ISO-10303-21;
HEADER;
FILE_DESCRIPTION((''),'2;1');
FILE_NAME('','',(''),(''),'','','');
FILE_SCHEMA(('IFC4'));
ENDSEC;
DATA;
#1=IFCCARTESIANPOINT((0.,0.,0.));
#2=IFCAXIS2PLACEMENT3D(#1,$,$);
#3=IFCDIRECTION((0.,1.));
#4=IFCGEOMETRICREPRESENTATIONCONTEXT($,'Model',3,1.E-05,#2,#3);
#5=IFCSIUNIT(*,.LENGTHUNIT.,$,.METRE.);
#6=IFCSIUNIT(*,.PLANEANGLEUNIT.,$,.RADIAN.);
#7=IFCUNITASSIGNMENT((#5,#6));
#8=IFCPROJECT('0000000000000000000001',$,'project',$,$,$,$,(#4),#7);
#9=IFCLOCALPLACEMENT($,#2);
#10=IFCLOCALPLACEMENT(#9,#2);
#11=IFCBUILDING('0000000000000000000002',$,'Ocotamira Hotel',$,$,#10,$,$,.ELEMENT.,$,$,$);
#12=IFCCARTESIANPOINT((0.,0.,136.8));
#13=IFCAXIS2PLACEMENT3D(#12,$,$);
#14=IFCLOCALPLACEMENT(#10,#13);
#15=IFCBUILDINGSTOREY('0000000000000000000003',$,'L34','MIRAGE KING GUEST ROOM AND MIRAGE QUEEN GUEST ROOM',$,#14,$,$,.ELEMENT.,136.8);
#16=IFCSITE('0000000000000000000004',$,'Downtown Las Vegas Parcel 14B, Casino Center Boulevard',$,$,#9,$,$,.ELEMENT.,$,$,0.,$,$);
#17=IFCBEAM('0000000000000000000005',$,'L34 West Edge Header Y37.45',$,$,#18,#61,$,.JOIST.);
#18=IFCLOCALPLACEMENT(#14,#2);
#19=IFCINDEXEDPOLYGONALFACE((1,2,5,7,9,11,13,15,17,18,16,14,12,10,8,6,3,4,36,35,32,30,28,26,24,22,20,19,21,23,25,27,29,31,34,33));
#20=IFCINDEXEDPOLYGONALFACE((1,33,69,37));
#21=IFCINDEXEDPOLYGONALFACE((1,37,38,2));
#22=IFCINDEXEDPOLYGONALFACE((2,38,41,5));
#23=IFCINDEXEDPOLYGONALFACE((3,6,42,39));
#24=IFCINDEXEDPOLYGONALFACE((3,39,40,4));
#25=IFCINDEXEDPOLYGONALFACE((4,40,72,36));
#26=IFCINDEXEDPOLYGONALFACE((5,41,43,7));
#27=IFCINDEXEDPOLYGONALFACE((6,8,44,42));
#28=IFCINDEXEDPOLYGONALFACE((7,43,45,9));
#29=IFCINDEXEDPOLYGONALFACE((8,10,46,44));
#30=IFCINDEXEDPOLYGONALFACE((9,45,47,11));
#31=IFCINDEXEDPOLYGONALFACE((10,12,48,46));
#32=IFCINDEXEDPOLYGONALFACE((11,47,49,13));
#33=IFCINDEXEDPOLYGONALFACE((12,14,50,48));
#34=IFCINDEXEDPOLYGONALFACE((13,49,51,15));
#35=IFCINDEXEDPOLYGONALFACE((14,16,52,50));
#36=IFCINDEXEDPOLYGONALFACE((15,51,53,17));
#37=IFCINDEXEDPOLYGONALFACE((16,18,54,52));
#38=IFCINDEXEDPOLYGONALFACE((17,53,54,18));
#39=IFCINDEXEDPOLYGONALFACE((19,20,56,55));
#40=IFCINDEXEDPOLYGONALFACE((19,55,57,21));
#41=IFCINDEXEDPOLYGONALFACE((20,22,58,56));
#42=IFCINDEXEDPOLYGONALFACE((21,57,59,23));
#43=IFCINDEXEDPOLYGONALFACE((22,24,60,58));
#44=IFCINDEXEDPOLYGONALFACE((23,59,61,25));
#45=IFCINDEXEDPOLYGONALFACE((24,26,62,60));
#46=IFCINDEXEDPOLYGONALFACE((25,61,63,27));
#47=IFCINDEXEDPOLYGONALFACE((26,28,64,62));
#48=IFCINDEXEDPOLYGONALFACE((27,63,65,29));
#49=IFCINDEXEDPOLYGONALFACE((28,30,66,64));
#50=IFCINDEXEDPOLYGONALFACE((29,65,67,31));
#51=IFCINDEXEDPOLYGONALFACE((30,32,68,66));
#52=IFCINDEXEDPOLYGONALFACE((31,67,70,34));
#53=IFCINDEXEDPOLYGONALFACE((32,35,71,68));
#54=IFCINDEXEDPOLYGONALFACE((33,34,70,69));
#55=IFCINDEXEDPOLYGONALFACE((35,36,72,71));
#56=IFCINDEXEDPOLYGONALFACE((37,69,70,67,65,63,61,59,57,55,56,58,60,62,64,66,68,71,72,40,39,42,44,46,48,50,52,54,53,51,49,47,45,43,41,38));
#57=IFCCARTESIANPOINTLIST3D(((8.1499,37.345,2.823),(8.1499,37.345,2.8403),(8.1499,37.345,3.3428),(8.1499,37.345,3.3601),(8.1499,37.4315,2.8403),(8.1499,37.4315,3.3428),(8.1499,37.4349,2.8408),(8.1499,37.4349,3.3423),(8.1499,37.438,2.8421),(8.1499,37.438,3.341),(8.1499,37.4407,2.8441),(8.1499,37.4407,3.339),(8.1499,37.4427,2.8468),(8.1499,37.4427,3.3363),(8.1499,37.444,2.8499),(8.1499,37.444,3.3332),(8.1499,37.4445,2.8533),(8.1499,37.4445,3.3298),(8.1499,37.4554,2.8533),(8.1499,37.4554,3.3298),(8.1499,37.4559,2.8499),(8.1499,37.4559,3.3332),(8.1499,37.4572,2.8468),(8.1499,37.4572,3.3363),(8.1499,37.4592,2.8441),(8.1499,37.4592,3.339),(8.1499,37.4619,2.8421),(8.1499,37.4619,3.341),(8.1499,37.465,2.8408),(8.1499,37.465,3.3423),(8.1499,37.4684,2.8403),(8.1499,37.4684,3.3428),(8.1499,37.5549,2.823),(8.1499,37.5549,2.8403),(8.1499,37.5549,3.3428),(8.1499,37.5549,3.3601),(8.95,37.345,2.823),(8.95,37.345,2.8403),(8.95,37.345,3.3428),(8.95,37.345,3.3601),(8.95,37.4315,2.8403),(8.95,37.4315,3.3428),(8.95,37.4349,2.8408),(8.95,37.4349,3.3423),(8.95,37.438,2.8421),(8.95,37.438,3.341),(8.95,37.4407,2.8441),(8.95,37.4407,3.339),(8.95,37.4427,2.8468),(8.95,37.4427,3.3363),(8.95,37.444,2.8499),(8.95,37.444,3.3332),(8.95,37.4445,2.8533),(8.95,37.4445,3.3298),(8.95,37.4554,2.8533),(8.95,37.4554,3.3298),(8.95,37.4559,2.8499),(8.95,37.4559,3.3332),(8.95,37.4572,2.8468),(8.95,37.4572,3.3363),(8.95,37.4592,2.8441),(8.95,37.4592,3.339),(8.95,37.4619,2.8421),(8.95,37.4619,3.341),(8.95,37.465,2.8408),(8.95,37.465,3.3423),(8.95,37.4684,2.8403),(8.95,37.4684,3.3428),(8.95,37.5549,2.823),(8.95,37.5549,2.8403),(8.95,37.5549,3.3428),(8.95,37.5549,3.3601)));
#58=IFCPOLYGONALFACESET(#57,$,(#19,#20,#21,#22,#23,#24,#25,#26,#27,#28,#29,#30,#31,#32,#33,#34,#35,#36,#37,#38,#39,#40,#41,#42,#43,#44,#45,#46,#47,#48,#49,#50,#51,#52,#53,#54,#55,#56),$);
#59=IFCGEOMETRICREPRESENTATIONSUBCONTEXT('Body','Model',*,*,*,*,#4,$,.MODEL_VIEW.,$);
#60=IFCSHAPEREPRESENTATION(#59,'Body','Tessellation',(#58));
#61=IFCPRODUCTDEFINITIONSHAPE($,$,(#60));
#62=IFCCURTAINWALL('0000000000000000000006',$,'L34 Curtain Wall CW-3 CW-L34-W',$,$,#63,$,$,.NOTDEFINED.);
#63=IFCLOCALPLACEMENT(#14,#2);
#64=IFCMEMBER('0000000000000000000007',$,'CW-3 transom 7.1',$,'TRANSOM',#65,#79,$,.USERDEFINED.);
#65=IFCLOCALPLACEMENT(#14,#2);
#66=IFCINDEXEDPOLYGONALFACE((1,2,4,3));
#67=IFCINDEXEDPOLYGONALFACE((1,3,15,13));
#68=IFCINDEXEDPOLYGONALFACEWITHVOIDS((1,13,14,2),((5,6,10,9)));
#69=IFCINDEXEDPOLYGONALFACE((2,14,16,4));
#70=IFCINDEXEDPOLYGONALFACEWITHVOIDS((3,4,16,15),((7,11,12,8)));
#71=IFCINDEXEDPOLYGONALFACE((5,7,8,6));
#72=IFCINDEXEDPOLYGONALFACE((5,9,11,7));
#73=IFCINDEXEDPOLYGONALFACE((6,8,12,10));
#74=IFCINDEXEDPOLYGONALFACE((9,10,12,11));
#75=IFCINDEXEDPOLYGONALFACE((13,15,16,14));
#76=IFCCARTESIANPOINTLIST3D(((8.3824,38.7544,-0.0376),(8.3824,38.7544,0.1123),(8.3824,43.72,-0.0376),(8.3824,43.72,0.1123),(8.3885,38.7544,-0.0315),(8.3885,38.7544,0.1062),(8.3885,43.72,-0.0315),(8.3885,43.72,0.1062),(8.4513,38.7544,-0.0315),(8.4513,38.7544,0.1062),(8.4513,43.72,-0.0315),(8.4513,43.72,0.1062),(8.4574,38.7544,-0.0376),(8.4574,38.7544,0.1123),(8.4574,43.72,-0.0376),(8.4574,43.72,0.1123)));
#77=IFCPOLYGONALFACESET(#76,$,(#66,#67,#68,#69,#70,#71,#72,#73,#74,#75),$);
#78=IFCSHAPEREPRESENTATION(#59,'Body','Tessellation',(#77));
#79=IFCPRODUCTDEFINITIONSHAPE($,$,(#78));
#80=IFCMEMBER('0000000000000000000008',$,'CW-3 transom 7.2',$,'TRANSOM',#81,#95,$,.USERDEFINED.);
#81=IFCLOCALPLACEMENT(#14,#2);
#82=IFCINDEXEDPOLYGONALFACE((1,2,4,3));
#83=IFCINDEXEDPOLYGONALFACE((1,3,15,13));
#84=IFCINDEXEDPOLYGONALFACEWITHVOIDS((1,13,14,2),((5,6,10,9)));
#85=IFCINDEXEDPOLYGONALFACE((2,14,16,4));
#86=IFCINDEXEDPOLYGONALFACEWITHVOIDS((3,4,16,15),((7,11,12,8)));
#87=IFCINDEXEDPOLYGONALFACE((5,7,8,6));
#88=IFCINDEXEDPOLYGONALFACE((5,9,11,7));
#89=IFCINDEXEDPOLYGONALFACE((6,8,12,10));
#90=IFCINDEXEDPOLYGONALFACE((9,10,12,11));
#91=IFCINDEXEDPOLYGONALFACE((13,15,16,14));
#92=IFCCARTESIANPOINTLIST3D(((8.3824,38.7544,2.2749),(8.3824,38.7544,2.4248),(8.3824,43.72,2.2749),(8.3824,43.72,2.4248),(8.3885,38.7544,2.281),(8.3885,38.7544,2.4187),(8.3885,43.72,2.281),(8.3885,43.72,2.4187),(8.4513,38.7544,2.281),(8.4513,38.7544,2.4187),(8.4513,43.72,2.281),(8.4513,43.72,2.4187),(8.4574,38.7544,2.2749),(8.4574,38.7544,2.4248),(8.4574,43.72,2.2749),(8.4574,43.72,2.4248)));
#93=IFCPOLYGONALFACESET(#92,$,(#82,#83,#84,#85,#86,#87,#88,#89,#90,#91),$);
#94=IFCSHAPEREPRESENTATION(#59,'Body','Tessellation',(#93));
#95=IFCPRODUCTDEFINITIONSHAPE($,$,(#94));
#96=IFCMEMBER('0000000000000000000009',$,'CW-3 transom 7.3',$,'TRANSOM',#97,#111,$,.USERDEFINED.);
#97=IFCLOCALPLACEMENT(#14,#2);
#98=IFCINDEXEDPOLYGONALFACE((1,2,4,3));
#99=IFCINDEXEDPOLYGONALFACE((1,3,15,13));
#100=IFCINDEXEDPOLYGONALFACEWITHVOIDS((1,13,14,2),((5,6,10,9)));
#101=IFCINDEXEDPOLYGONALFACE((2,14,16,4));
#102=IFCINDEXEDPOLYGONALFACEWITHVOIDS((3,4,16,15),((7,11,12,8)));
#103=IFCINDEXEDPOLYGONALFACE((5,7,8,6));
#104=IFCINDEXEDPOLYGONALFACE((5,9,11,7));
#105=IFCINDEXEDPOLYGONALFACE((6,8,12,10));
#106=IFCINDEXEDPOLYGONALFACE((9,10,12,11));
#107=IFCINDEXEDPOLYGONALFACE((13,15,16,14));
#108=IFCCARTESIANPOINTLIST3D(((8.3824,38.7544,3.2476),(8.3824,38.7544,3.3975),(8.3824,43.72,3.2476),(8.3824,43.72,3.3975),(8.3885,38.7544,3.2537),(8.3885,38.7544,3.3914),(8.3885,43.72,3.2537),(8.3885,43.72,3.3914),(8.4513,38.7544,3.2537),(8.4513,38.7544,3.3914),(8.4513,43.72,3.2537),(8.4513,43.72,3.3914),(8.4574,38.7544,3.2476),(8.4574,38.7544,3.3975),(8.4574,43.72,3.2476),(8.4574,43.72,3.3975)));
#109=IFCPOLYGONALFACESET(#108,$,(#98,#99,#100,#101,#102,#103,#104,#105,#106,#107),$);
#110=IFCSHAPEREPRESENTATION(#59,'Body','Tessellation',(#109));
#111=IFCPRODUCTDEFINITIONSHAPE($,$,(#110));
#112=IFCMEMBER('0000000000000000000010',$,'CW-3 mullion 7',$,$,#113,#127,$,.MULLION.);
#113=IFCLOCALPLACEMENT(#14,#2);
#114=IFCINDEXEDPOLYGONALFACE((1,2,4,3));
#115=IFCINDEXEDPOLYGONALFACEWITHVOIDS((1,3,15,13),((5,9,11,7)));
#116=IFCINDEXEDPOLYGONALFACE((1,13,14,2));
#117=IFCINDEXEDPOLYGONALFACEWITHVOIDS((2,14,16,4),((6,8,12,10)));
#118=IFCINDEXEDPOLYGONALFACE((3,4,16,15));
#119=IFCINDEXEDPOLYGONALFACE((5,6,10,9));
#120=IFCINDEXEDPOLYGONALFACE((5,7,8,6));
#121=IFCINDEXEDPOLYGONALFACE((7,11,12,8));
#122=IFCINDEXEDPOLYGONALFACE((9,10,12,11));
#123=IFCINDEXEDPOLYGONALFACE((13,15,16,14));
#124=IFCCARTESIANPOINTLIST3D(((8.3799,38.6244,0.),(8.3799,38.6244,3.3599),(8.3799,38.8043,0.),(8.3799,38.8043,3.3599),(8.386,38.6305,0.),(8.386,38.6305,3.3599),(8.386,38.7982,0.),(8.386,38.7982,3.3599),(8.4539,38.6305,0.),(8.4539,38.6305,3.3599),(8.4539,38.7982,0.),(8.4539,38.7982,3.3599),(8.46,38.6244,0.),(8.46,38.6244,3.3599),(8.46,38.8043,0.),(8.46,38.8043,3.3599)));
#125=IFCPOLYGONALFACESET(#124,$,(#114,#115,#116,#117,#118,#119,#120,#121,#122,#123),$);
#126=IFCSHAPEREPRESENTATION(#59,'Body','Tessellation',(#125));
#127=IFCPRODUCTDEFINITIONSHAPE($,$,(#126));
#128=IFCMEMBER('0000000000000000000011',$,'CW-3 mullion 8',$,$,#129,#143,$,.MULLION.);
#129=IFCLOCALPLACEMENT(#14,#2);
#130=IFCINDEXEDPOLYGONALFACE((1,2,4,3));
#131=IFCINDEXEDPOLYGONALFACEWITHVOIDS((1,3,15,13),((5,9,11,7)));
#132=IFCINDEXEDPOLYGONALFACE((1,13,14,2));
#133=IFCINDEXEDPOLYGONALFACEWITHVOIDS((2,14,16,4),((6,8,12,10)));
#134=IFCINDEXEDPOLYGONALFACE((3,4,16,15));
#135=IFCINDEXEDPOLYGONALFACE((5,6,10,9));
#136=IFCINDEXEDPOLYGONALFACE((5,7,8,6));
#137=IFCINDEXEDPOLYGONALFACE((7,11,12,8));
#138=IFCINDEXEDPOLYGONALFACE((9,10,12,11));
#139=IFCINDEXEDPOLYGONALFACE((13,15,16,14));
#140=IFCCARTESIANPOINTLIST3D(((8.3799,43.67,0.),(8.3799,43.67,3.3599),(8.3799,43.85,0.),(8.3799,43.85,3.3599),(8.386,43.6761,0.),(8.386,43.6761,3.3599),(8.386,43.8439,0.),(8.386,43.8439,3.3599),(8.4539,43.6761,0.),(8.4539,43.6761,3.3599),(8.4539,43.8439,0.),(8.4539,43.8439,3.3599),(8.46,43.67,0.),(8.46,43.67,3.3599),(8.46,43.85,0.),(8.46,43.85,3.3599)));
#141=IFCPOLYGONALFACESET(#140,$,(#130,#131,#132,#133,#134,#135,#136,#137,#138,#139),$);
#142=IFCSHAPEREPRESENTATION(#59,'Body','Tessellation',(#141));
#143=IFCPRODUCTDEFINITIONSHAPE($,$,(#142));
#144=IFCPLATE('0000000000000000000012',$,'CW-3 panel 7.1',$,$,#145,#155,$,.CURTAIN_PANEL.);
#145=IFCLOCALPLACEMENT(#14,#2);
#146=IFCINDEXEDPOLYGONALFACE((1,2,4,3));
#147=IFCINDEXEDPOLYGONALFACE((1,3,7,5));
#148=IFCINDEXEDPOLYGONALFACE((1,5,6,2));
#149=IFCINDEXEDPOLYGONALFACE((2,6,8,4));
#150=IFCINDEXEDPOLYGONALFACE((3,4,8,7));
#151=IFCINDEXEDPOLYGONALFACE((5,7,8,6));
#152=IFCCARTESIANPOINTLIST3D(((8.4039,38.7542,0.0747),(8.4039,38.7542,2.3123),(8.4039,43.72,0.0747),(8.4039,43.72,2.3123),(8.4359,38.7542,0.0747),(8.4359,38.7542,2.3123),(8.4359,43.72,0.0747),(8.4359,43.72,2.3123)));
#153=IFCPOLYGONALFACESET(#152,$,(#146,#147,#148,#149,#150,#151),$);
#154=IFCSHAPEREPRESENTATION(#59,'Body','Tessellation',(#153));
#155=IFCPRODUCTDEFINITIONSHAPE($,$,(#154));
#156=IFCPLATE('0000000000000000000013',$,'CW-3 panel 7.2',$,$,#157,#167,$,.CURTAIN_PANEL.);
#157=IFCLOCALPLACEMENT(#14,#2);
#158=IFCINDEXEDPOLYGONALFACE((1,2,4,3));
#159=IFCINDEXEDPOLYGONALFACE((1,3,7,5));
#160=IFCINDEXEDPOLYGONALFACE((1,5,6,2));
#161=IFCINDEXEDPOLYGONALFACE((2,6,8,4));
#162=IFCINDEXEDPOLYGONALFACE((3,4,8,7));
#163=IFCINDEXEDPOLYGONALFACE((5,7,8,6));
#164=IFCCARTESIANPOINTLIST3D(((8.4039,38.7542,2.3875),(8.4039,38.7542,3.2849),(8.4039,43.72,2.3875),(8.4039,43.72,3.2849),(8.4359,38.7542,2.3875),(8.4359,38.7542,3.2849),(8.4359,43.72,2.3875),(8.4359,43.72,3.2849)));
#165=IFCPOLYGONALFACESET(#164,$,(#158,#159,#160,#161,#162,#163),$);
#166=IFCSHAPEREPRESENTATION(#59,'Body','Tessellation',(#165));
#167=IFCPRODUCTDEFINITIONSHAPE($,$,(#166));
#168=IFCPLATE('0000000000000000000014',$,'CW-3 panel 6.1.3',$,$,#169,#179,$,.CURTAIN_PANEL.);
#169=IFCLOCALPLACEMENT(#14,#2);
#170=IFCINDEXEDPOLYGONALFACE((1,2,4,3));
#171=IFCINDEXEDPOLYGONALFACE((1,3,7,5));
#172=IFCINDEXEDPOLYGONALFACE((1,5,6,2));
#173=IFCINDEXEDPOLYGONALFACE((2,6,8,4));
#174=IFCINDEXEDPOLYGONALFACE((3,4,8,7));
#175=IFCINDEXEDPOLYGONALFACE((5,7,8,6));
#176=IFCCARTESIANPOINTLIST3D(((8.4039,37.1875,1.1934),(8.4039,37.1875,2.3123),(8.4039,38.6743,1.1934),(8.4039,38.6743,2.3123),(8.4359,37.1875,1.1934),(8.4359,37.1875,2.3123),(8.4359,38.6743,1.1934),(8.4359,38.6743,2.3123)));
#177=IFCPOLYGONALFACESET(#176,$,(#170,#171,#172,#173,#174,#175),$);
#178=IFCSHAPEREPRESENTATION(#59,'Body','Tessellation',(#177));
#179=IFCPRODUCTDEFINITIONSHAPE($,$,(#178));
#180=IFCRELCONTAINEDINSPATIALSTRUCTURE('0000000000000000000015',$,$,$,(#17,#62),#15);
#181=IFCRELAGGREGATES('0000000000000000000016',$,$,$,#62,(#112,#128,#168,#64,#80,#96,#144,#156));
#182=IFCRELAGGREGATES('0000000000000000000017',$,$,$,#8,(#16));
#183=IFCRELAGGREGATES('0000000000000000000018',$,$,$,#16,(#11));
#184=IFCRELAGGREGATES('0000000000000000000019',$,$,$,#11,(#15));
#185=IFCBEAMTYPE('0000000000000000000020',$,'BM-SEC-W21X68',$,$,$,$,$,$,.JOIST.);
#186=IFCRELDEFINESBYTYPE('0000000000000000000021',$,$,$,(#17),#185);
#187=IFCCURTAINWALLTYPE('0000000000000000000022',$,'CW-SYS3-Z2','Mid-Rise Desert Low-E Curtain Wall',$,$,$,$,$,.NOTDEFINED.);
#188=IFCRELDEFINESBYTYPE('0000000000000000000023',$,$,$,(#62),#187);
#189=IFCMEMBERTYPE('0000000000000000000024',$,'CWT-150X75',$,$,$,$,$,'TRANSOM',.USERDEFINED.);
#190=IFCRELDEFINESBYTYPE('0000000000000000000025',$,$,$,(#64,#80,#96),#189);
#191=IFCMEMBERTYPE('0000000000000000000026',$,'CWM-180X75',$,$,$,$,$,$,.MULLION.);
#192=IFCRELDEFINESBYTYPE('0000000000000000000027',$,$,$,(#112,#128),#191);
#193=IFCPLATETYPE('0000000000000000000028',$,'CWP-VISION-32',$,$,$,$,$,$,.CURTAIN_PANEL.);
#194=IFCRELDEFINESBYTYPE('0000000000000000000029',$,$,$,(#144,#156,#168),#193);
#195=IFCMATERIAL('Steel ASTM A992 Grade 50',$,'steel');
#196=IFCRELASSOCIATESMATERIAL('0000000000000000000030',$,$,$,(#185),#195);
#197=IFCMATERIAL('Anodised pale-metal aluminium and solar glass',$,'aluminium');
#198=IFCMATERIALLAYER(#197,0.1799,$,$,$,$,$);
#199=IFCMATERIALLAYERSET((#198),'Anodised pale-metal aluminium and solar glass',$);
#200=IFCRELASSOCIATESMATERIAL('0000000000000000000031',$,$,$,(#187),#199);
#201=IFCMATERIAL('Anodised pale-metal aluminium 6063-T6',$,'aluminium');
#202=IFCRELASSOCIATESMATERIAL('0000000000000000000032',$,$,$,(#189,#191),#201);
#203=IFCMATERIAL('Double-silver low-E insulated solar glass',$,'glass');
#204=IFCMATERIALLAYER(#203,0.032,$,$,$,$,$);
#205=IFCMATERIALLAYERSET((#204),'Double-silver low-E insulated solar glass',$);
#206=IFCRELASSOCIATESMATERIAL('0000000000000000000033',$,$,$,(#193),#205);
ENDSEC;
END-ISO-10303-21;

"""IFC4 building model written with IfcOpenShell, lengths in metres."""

from ifc_helpers import new_model, si_unit, direction, frame, origin, origin_2d, place, context, subcontext, project, spatial, rectangle, hollow_rectangle, i_section, extrude, source, transform, mapped, material, layer, layer_set, material_profile, profile_set, type_object, element, aggregate, save


model = new_model("IFC4")

# Units and contexts
model_context = context("Model", 3, precision=1e-05, world=origin(), true_north=direction((0.0, 1.0)))
body_context = subcontext(model_context, "Body", "Model", "MODEL_VIEW")
ifc_project = project(units=[si_unit("LENGTHUNIT", "METRE"), si_unit("PLANEANGLEUNIT", "RADIAN")], contexts=[model_context])

# Site, building, storey
site_placement = place(None, origin())
site = spatial("IfcSite", under=ifc_project, at=site_placement, Name="Downtown Las Vegas Parcel 14B, Casino Center Boulevard", CompositionType="ELEMENT", RefElevation=0.0)
building_placement = place(site_placement, origin())
building = spatial("IfcBuilding", under=site, at=building_placement, Name="Ocotamira Hotel", CompositionType="ELEMENT")
storey_placement = place(building_placement, frame((0.0, 0.0, 136.8)))
storey = spatial("IfcBuildingStorey", under=building, at=storey_placement, Name="L34", Description="MIRAGE KING GUEST ROOM AND MIRAGE QUEEN GUEST ROOM", CompositionType="ELEMENT", Elevation=136.8)

# Beam
ifc_material_1 = material(Name="Steel ASTM A992 Grade 50", Category="steel")
ifc_material_profile_1 = material_profile(ifc_material_1, i_section(OverallWidth=0.21, OverallDepth=0.5371, WebThickness=0.011, FlangeThickness=0.0173, FilletRadius=0.0129, at=origin_2d()), Name="W21X68")
ifc_profile_set_1 = profile_set([ifc_material_profile_1], Name="Steel ASTM A992 Grade 50")
beam_type = type_object("IfcBeamType", Name="BM-SEC-W21X68", PredefinedType="JOIST", material=ifc_profile_set_1)
shared_shape_1 = source(origin(), body_context, "Body", "SweptSolid", [
    extrude(i_section(OverallWidth=0.21, OverallDepth=0.5371, WebThickness=0.011, FlangeThickness=0.0173, FilletRadius=0.0129, at=origin_2d()), origin(), (0.0, 0.0, 1.0), 0.8),
])
beam_placement = place(storey_placement, frame((8.95, 37.45, 3.0916), z_axis=(-1.0, 0.0, 0.0), x_axis=(0.0, -1.0, 0.0)))
element("IfcBeam", 1, at=beam_placement, inside=storey, type_object=beam_type, Name="L34 West Edge Header Y37.45", PredefinedType="JOIST", context=body_context, shape_type="MappedRepresentation", body=[
    mapped(shared_shape_1, transform((0.0, 0.0, 0.0), scale=1.0)),
])

# Curtain wall, members, plates
ifc_material_2 = material(Name="Anodised pale-metal aluminium and solar glass", Category="aluminium")
ifc_layer_1 = layer(ifc_material_2, 0.1799)
ifc_layer_set_1 = layer_set([ifc_layer_1], Name="Anodised pale-metal aluminium and solar glass")
curtain_wall_type = type_object("IfcCurtainWallType", Name="CW-SYS3-Z2", Description="Mid-Rise Desert Low-E Curtain Wall", PredefinedType="NOTDEFINED", material=ifc_layer_set_1)
curtain_wall_placement = place(storey_placement, origin())
curtain_wall = element("IfcCurtainWall", 2, at=curtain_wall_placement, inside=storey, type_object=curtain_wall_type, Name="L34 Curtain Wall CW-3 CW-L34-W", PredefinedType="NOTDEFINED")
ifc_material_3 = material(Name="Anodised pale-metal aluminium 6063-T6", Category="aluminium")
ifc_material_profile_2 = material_profile(ifc_material_3, hollow_rectangle(XDim=0.075, YDim=0.1499, WallThickness=0.0061, at=origin_2d()), Name="HSS150X75X6")
ifc_profile_set_2 = profile_set([ifc_material_profile_2], Name="Anodised pale-metal aluminium 6063-T6")
member_type_1 = type_object("IfcMemberType", Name="CWT-150X75", ElementType="TRANSOM", PredefinedType="USERDEFINED", material=ifc_profile_set_2)
shared_shape_2 = source(origin(), body_context, "Body", "SweptSolid", [
    extrude(hollow_rectangle(XDim=0.075, YDim=0.1499, WallThickness=0.0061, at=origin_2d()), origin(), (0.0, 0.0, 1.0), 4.9656),
])
member_1_placement = place(storey_placement, frame((8.4199, 38.7544, 0.0374), z_axis=(0.0, 1.0, 0.0), x_axis=(-1.0, 0.0, 0.0)))
member_1 = element("IfcMember", 3, at=member_1_placement, type_object=member_type_1, Name="CW-3 transom 7.1", ObjectType="TRANSOM", PredefinedType="USERDEFINED", context=body_context, shape_type="MappedRepresentation", body=[
    mapped(shared_shape_2, transform((0.0, 0.0, 0.0), scale=1.0)),
])
member_2_placement = place(storey_placement, frame((8.4199, 38.7544, 2.3499), z_axis=(0.0, 1.0, 0.0), x_axis=(-1.0, 0.0, 0.0)))
member_2 = element("IfcMember", 4, at=member_2_placement, type_object=member_type_1, Name="CW-3 transom 7.2", ObjectType="TRANSOM", PredefinedType="USERDEFINED", context=body_context, shape_type="MappedRepresentation", body=[
    mapped(shared_shape_2, transform((0.0, 0.0, 0.0), scale=1.0)),
])
member_3_placement = place(storey_placement, frame((8.4199, 38.7544, 3.3225), z_axis=(0.0, 1.0, 0.0), x_axis=(-1.0, 0.0, 0.0)))
member_3 = element("IfcMember", 5, at=member_3_placement, type_object=member_type_1, Name="CW-3 transom 7.3", ObjectType="TRANSOM", PredefinedType="USERDEFINED", context=body_context, shape_type="MappedRepresentation", body=[
    mapped(shared_shape_2, transform((0.0, 0.0, 0.0), scale=1.0)),
])
ifc_material_profile_3 = material_profile(ifc_material_3, hollow_rectangle(XDim=0.0801, YDim=0.1799, WallThickness=0.0061, at=origin_2d()), Name="HSS180X80X6")
ifc_profile_set_3 = profile_set([ifc_material_profile_3], Name="Anodised pale-metal aluminium 6063-T6")
member_type_2 = type_object("IfcMemberType", Name="CWM-180X75", PredefinedType="MULLION", material=ifc_profile_set_3)
shared_shape_3 = source(origin(), body_context, "Body", "SweptSolid", [
    extrude(hollow_rectangle(XDim=0.0801, YDim=0.1799, WallThickness=0.0061, at=origin_2d()), origin(), (0.0, 0.0, 1.0), 3.3599),
])
member_4_placement = place(storey_placement, frame((8.4199, 38.7144, 0.0), z_axis=(0.0, 0.0, 1.0), x_axis=(-1.0, 0.0, 0.0)))
member_4 = element("IfcMember", 6, at=member_4_placement, type_object=member_type_2, Name="CW-3 mullion 7", PredefinedType="MULLION", context=body_context, shape_type="MappedRepresentation", body=[
    mapped(shared_shape_3, transform((0.0, 0.0, 0.0), scale=1.0)),
])
member_5_placement = place(storey_placement, frame((8.4199, 43.76, 0.0), z_axis=(0.0, 0.0, 1.0), x_axis=(-1.0, 0.0, 0.0)))
member_5 = element("IfcMember", 7, at=member_5_placement, type_object=member_type_2, Name="CW-3 mullion 8", PredefinedType="MULLION", context=body_context, shape_type="MappedRepresentation", body=[
    mapped(shared_shape_3, transform((0.0, 0.0, 0.0), scale=1.0)),
])
ifc_material_4 = material(Name="Double-silver low-E insulated solar glass", Category="glass")
ifc_layer_2 = layer(ifc_material_4, 0.032)
ifc_layer_set_2 = layer_set([ifc_layer_2], Name="Double-silver low-E insulated solar glass")
plate_type = type_object("IfcPlateType", Name="CWP-VISION-32", PredefinedType="CURTAIN_PANEL", material=ifc_layer_set_2)
shared_shape_4 = source(origin(), body_context, "Body", "SweptSolid", [
    extrude(rectangle(XDim=4.9658, YDim=0.032, at=origin_2d()), origin(), (0.0, 0.0, 1.0), 2.2375),
])
plate_1_placement = place(storey_placement, frame((8.4199, 41.2371, 0.0747), z_axis=(0.0, 0.0, 1.0), x_axis=(0.0, 1.0, 0.0)))
plate_1 = element("IfcPlate", 8, at=plate_1_placement, type_object=plate_type, Name="CW-3 panel 7.1", PredefinedType="CURTAIN_PANEL", context=body_context, shape_type="MappedRepresentation", body=[
    mapped(shared_shape_4, transform((0.0, 0.0, 0.0), scale=1.0)),
])
shared_shape_5 = source(origin(), body_context, "Body", "SweptSolid", [
    extrude(rectangle(XDim=4.9658, YDim=0.032, at=origin_2d()), origin(), (0.0, 0.0, 1.0), 0.8975),
])
plate_2_placement = place(storey_placement, frame((8.4199, 41.2371, 2.3875), z_axis=(0.0, 0.0, 1.0), x_axis=(0.0, 1.0, 0.0)))
plate_2 = element("IfcPlate", 9, at=plate_2_placement, type_object=plate_type, Name="CW-3 panel 7.2", PredefinedType="CURTAIN_PANEL", context=body_context, shape_type="MappedRepresentation", body=[
    mapped(shared_shape_5, transform((0.0, 0.0, 0.0), scale=1.0)),
])
shared_shape_6 = source(origin(), body_context, "Body", "SweptSolid", [
    extrude(rectangle(XDim=1.4868, YDim=0.032, at=origin_2d()), origin(), (0.0, 0.0, 1.0), 1.1189),
])
plate_3_placement = place(storey_placement, frame((8.4199, 37.9309, 1.1934), z_axis=(0.0, 0.0, 1.0), x_axis=(0.0, 1.0, 0.0)))
plate_3 = element("IfcPlate", 10, at=plate_3_placement, type_object=plate_type, Name="CW-3 panel 6.1.3", PredefinedType="CURTAIN_PANEL", context=body_context, shape_type="MappedRepresentation", body=[
    mapped(shared_shape_6, transform((0.0, 0.0, 0.0), scale=1.0)),
])
aggregate(curtain_wall, [member_4, member_5, plate_3, member_1, member_2, member_3, plate_1, plate_2])

save(model, "model.ifc")
